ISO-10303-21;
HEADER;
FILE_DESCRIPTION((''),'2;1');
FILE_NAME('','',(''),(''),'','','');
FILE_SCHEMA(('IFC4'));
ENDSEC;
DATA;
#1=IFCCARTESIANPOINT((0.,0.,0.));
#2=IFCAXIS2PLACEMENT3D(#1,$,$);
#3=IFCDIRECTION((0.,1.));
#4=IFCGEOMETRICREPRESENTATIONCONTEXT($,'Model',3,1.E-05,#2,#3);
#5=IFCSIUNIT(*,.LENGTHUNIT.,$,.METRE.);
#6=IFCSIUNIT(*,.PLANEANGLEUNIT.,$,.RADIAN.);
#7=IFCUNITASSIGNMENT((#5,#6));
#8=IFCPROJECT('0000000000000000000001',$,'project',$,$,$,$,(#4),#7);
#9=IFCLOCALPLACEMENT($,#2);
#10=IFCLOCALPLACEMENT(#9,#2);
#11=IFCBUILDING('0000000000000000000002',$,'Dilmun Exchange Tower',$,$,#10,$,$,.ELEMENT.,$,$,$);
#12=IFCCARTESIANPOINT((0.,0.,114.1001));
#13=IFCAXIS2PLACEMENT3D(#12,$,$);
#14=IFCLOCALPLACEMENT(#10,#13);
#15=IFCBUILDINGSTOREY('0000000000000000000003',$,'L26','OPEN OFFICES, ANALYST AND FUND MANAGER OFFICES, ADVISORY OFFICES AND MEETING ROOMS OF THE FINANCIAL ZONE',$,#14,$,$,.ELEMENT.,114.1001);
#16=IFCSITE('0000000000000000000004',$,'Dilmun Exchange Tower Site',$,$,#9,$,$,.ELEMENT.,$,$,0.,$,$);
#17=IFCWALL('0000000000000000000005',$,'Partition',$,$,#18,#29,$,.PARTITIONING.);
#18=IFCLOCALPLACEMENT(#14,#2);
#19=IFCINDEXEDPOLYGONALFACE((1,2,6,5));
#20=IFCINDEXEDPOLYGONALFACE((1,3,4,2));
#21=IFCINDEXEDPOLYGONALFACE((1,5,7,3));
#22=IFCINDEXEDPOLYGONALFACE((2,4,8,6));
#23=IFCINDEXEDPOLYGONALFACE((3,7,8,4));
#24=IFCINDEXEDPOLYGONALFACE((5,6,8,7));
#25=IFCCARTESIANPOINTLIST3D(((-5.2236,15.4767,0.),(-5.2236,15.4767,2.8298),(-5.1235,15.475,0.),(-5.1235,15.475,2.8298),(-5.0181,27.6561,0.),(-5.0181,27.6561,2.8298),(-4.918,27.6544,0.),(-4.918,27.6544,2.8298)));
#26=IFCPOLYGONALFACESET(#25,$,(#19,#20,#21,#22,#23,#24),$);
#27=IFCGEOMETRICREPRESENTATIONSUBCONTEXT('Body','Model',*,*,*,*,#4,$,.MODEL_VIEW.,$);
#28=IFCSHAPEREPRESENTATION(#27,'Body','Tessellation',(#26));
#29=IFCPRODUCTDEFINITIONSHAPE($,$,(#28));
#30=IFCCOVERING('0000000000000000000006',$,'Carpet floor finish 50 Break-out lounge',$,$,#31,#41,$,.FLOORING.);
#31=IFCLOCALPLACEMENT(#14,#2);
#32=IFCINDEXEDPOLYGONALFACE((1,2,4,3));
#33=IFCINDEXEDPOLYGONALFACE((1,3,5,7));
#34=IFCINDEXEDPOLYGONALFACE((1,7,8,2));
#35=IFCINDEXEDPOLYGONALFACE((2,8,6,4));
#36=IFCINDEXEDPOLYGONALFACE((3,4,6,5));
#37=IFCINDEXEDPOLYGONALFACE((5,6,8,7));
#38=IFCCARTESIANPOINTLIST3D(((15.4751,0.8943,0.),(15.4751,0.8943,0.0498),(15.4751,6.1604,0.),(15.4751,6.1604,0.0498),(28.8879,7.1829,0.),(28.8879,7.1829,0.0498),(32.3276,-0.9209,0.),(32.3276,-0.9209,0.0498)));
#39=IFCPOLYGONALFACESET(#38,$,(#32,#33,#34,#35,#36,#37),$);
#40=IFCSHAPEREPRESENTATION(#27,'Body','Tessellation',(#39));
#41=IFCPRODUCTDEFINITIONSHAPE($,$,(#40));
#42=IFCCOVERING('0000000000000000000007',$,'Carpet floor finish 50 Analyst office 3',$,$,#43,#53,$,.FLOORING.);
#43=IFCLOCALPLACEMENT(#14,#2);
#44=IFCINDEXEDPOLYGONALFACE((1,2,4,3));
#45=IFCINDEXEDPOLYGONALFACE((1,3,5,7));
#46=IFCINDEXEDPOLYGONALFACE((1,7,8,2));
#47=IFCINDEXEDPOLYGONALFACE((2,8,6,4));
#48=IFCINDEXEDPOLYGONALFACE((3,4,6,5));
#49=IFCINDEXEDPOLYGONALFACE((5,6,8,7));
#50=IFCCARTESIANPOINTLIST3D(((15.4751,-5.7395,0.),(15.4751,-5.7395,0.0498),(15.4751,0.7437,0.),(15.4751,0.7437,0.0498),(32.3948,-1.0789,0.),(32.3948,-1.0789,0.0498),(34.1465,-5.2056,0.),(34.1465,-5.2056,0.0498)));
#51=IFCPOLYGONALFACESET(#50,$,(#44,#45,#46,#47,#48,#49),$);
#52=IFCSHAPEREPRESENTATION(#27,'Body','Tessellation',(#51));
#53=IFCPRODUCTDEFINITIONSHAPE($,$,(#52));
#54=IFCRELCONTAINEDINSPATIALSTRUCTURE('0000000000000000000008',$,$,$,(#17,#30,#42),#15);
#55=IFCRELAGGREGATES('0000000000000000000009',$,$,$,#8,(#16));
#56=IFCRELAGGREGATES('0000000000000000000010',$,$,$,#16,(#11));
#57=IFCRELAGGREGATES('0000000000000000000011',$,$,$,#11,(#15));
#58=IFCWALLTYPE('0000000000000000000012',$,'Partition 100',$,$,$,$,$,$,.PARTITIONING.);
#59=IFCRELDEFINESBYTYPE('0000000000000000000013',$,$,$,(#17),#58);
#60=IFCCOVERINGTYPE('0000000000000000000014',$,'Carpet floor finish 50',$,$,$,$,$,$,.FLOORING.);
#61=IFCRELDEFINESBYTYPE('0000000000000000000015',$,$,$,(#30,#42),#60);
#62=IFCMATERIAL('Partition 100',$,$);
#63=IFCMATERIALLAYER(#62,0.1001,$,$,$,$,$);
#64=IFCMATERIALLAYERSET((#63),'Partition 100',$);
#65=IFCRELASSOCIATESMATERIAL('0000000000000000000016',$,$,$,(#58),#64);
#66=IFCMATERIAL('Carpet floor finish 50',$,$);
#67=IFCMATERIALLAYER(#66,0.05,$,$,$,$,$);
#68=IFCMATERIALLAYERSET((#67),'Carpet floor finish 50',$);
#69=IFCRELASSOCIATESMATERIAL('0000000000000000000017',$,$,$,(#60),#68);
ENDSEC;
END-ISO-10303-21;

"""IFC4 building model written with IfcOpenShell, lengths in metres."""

from ifc_helpers import new_model, si_unit, direction, frame, frame_2d, origin, place, context, subcontext, project, spatial, polyline, rectangle, outline, extrude, material, layer, layer_set, type_object, element, save


model = new_model("IFC4")

# Units and contexts
model_context = context("Model", 3, precision=1e-05, world=origin(), true_north=direction((0.0, 1.0)))
body_context = subcontext(model_context, "Body", "Model", "MODEL_VIEW")
ifc_project = project(units=[si_unit("LENGTHUNIT", "METRE"), si_unit("PLANEANGLEUNIT", "RADIAN")], contexts=[model_context])

# Site, building, storey
site_placement = place(None, origin())
site = spatial("IfcSite", under=ifc_project, at=site_placement, Name="Dilmun Exchange Tower Site", CompositionType="ELEMENT", RefElevation=0.0)
building_placement = place(site_placement, origin())
building = spatial("IfcBuilding", under=site, at=building_placement, Name="Dilmun Exchange Tower", CompositionType="ELEMENT")
storey_placement = place(building_placement, frame((0.0, 0.0, 114.1001)))
storey = spatial("IfcBuildingStorey", under=building, at=storey_placement, Name="L26", Description="OPEN OFFICES, ANALYST AND FUND MANAGER OFFICES, ADVISORY OFFICES AND MEETING ROOMS OF THE FINANCIAL ZONE", CompositionType="ELEMENT", Elevation=114.1001)

# Wall
ifc_material_1 = material(Name="Partition 100")
ifc_layer_1 = layer(ifc_material_1, 0.1001)
ifc_layer_set_1 = layer_set([ifc_layer_1], Name="Partition 100")
wall_type_1 = type_object("IfcWallType", Name="Partition 100", PredefinedType="PARTITIONING", material=ifc_layer_set_1)
wall_1_placement = place(storey_placement, frame((-5.1736, 15.4758, 0.0), z_axis=(0.0, 0.0, 1.0), x_axis=(0.016876, 0.999858, 0.0)))
element("IfcWall", 1, at=wall_1_placement, inside=storey, type_object=wall_type_1, Name="Partition", PredefinedType="PARTITIONING", context=body_context, shape_type="SweptSolid", body=[
    extrude(rectangle(XDim=12.1812, YDim=0.1001, at=frame_2d((6.0906, 0.0))), origin(), (0.0, 0.0, 1.0), 2.8298),
])

# Coverings
ifc_material_2 = material(Name="Carpet floor finish 50")
ifc_layer_2 = layer(ifc_material_2, 0.05)
ifc_layer_set_2 = layer_set([ifc_layer_2], Name="Carpet floor finish 50")
covering_type = type_object("IfcCoveringType", Name="Carpet floor finish 50", PredefinedType="FLOORING", material=ifc_layer_set_2)
covering_1_placement = place(storey_placement, origin())
element("IfcCovering", 2, at=covering_1_placement, inside=storey, type_object=covering_type, Name="Carpet floor finish 50 Break-out lounge", PredefinedType="FLOORING", context=body_context, shape_type="SweptSolid", body=[
    extrude(outline(polyline([(15.4751, 0.8943), (15.4751, 6.1604), (28.8879, 7.1829), (32.3276, -0.9209), (15.4751, 0.8943)])), origin(), (0.0, 0.0, 1.0), 0.0498),
])
covering_2_placement = place(storey_placement, origin())
element("IfcCovering", 3, at=covering_2_placement, inside=storey, type_object=covering_type, Name="Carpet floor finish 50 Analyst office 3", PredefinedType="FLOORING", context=body_context, shape_type="SweptSolid", body=[
    extrude(outline(polyline([(15.4751, -5.7395), (15.4751, 0.7437), (32.3948, -1.0789), (34.1465, -5.2056), (15.4751, -5.7395)])), origin(), (0.0, 0.0, 1.0), 0.0498),
])

save(model, "model.ifc")
